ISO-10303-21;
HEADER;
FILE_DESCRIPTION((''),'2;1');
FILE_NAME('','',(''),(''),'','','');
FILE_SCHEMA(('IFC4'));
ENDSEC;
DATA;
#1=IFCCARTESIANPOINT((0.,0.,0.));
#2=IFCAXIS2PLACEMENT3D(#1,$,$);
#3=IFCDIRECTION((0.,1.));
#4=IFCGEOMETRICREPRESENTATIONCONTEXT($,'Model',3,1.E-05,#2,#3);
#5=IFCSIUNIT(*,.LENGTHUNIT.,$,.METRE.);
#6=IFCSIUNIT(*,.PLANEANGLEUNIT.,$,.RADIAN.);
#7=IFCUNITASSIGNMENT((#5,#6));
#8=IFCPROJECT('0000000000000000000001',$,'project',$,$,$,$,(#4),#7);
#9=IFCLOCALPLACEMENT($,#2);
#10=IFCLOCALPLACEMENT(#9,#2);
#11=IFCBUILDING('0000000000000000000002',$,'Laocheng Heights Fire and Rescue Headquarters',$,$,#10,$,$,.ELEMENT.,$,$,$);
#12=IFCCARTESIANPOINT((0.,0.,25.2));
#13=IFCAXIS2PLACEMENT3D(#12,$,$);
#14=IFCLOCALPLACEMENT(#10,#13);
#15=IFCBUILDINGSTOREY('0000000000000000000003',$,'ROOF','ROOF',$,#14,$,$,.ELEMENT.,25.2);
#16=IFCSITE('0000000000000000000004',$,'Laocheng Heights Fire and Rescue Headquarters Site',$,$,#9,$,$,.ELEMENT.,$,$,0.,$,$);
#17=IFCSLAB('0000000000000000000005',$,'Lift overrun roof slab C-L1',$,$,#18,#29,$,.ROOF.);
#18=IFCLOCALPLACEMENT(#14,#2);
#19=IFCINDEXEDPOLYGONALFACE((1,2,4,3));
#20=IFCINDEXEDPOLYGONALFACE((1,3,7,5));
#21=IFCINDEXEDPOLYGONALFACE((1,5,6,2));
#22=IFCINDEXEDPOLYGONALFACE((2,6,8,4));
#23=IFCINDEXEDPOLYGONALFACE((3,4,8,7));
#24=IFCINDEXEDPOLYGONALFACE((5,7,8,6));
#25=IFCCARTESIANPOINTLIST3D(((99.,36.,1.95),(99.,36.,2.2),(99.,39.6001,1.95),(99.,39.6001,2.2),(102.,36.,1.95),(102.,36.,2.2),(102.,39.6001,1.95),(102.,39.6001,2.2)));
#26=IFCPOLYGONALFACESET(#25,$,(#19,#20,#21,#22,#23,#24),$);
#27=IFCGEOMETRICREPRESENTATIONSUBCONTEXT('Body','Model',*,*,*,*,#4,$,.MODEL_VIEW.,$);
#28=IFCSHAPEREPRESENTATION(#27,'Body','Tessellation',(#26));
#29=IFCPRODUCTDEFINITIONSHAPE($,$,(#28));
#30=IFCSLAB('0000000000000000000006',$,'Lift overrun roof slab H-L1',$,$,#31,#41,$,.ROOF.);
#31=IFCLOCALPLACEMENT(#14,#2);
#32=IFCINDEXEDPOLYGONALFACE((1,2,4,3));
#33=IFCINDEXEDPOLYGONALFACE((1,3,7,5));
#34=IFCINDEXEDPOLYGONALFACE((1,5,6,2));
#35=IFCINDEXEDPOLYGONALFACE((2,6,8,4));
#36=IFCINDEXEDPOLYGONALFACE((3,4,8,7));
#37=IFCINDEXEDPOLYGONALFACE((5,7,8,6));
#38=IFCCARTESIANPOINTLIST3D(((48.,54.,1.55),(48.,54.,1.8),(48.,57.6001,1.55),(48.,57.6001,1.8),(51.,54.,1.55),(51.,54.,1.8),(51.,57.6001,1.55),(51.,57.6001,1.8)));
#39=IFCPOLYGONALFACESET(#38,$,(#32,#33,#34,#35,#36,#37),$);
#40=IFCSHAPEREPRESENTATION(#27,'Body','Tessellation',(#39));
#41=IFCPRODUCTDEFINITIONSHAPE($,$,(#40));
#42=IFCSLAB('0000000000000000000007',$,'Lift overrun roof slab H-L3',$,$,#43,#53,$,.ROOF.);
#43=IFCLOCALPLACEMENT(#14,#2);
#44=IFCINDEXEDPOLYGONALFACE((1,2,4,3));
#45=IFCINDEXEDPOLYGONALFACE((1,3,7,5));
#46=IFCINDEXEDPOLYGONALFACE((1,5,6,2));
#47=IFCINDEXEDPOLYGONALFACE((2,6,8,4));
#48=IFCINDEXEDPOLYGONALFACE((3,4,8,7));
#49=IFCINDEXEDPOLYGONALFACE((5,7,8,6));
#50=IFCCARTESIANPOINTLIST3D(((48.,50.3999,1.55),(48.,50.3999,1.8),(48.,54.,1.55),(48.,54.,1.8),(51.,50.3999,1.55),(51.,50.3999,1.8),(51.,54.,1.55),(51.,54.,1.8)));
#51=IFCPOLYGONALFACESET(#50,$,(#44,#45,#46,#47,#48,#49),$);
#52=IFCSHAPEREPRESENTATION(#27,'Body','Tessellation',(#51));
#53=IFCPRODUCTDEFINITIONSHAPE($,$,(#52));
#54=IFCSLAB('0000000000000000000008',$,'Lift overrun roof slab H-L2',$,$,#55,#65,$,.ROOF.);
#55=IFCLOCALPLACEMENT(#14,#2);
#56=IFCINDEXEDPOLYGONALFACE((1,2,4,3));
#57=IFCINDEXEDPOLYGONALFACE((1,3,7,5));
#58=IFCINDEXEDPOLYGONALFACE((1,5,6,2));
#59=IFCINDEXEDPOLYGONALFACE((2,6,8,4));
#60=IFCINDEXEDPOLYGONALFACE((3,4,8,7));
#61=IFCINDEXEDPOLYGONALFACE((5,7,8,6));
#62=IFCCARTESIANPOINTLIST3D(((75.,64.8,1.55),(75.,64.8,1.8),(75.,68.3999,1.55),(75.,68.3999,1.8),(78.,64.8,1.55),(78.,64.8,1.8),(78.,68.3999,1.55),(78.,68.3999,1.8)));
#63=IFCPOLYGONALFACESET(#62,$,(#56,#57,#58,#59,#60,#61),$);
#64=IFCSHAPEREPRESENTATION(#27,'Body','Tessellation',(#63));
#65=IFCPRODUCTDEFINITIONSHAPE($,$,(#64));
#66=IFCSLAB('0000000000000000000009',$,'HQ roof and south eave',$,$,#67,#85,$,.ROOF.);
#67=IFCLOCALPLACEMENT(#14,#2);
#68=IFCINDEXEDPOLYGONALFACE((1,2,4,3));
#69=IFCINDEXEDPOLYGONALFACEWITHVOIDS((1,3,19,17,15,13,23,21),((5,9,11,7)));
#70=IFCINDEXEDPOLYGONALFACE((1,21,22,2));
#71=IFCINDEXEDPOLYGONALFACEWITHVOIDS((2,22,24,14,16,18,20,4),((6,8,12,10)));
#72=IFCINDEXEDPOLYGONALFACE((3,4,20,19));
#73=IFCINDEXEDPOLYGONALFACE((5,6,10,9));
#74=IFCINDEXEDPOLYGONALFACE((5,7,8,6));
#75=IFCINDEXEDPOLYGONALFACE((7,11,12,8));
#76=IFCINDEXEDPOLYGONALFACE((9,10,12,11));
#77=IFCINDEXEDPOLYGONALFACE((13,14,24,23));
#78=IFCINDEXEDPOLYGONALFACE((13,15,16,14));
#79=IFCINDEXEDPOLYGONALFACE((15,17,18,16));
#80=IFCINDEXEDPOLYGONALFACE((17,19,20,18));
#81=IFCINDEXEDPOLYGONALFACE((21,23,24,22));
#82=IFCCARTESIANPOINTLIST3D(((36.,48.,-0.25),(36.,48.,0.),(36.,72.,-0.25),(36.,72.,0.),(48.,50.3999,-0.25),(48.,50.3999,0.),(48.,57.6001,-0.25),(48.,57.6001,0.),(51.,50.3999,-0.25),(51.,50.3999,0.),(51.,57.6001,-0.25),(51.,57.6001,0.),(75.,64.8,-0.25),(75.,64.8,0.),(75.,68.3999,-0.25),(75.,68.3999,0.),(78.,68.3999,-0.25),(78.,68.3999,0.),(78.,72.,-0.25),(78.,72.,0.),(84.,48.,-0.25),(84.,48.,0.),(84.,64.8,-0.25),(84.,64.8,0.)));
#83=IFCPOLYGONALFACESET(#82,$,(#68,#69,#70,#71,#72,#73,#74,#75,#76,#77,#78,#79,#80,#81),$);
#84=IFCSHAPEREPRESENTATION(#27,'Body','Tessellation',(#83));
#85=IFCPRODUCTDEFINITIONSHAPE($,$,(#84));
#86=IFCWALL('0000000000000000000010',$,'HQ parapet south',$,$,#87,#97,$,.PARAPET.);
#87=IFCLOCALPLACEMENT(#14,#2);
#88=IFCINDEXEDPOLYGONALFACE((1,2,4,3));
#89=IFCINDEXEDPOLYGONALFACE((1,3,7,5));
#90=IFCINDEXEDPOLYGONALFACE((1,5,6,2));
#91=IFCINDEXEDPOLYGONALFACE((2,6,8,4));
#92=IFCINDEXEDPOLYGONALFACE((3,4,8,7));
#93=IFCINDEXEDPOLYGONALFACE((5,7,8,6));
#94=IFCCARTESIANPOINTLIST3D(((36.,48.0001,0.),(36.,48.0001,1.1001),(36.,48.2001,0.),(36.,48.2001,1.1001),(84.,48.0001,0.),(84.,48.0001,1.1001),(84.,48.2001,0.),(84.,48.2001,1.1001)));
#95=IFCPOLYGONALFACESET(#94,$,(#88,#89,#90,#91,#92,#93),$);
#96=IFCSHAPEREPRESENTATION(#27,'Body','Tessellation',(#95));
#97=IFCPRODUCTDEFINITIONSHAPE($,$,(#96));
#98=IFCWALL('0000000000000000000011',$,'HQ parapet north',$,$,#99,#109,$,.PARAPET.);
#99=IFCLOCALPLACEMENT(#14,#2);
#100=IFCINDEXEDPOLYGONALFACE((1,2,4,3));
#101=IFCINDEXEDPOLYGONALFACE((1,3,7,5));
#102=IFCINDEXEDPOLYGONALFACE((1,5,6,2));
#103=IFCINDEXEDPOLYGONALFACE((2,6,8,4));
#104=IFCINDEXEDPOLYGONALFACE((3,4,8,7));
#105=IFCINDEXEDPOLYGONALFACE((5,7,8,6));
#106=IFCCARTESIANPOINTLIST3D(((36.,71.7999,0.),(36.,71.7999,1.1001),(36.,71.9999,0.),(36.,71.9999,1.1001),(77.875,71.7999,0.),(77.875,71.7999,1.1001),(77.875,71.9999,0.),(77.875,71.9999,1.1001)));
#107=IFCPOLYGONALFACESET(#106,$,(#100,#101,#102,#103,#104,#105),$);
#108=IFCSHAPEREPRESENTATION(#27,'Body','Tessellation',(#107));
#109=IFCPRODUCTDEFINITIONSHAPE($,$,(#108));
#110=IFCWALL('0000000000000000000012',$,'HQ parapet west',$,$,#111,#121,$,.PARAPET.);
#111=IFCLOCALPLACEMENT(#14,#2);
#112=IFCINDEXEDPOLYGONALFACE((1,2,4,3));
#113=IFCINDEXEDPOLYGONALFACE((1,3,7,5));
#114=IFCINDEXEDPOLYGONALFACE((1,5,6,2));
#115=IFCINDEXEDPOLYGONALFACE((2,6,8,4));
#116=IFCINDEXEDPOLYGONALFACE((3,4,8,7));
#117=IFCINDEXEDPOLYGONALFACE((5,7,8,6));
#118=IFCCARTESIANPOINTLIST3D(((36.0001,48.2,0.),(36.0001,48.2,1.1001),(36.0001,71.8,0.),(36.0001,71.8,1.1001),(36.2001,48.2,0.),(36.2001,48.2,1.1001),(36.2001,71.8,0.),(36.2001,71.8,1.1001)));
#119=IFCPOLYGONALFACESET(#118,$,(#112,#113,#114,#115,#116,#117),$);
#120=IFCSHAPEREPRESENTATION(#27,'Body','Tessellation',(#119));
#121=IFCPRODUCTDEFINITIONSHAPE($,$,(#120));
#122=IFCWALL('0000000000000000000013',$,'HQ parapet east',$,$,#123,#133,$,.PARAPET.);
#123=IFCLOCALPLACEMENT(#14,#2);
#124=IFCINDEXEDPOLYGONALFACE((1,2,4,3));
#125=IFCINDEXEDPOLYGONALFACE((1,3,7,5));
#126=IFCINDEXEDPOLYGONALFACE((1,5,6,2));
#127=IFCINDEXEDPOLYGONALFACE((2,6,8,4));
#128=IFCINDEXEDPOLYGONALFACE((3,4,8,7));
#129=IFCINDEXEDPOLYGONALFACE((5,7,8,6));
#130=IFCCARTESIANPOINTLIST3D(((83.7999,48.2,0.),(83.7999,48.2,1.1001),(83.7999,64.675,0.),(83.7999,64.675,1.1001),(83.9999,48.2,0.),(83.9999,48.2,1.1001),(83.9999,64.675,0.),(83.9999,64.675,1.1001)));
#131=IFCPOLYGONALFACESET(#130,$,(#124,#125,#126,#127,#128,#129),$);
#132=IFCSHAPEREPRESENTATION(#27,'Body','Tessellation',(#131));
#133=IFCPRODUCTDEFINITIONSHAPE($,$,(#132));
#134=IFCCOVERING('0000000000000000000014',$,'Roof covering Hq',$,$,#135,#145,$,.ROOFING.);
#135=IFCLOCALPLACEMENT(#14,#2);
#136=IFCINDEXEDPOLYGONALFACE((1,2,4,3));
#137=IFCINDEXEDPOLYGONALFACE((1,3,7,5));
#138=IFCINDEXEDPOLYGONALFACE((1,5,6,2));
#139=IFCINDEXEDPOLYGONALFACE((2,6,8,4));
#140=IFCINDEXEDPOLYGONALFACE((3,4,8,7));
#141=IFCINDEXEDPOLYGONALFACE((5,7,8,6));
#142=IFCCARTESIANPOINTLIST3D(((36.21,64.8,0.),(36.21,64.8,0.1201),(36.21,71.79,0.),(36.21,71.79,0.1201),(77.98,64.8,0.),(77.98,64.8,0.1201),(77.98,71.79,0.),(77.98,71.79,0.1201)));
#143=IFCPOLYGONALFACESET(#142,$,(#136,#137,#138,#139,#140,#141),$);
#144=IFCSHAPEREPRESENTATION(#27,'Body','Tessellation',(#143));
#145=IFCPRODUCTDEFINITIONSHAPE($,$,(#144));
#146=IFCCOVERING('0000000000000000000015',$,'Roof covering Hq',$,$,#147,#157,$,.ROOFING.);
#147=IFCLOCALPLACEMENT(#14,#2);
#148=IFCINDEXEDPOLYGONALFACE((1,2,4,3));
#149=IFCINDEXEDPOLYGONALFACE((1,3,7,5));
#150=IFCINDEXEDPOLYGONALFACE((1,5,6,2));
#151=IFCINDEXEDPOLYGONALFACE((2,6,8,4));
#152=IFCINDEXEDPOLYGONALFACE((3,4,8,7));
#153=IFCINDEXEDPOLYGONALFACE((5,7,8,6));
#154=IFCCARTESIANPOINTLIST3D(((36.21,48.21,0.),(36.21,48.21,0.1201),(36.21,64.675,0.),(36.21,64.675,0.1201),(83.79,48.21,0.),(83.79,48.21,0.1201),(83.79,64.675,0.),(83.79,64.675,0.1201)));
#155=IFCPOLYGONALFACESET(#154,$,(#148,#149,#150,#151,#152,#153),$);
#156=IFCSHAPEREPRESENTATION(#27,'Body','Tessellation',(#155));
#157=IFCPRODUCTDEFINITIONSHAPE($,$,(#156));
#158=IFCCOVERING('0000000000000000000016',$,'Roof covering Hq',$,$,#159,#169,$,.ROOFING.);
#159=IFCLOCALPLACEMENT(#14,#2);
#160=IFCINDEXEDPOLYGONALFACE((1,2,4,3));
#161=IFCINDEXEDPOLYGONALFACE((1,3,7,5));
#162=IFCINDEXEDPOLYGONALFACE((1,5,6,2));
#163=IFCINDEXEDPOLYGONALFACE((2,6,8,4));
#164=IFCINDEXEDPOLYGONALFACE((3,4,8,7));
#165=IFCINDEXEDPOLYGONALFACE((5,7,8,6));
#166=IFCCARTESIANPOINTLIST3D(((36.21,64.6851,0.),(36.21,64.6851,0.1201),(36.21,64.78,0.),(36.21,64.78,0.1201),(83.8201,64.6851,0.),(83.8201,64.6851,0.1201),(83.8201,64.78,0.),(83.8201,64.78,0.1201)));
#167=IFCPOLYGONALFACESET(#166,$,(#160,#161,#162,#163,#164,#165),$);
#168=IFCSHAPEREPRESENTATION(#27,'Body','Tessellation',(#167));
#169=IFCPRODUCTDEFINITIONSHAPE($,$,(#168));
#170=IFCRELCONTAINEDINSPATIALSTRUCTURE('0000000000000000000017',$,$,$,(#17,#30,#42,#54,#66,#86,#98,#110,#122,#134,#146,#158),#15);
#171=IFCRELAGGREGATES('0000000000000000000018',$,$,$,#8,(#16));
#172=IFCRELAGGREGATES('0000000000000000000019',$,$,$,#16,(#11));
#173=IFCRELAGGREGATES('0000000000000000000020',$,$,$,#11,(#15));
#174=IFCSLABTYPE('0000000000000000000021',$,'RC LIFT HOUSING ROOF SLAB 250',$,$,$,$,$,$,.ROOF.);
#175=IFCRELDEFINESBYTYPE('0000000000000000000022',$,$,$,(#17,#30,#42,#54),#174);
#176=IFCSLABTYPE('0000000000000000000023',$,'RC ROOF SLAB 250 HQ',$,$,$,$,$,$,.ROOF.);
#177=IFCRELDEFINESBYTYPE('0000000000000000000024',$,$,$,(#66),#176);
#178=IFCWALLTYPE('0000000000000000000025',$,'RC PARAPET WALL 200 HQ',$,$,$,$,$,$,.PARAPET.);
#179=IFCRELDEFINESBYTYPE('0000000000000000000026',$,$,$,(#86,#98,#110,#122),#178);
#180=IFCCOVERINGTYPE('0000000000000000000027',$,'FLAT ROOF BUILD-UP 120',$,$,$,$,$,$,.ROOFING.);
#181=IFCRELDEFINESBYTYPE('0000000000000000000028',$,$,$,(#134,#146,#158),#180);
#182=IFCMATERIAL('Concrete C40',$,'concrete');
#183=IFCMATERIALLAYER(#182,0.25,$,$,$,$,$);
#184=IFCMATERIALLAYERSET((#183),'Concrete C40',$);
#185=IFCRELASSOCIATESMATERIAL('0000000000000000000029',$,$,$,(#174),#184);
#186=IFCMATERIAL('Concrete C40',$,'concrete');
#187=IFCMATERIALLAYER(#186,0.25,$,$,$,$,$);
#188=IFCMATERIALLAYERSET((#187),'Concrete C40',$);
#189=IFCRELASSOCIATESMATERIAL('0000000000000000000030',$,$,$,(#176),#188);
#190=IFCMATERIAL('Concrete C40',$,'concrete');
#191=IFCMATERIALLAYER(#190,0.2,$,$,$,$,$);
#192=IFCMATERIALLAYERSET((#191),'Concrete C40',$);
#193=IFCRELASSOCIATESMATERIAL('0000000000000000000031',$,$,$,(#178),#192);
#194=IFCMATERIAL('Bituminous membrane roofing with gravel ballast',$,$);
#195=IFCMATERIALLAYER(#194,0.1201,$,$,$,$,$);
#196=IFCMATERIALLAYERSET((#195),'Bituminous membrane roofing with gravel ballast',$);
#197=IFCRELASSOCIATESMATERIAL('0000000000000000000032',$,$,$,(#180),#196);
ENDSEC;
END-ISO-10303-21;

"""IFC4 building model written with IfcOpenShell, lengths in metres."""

from ifc_helpers import new_model, si_unit, direction, frame, frame_2d, origin, place, context, subcontext, project, spatial, polyline, rectangle, outline, extrude, material, layer, layer_set, type_object, element, save


model = new_model("IFC4")

# Units and contexts
model_context = context("Model", 3, precision=1e-05, world=origin(), true_north=direction((0.0, 1.0)))
body_context = subcontext(model_context, "Body", "Model", "MODEL_VIEW")
ifc_project = project(units=[si_unit("LENGTHUNIT", "METRE"), si_unit("PLANEANGLEUNIT", "RADIAN")], contexts=[model_context])

# Site, building, storey
site_placement = place(None, origin())
site = spatial("IfcSite", under=ifc_project, at=site_placement, Name="Laocheng Heights Fire and Rescue Headquarters Site", CompositionType="ELEMENT", RefElevation=0.0)
building_placement = place(site_placement, origin())
building = spatial("IfcBuilding", under=site, at=building_placement, Name="Laocheng Heights Fire and Rescue Headquarters", CompositionType="ELEMENT")
storey_placement = place(building_placement, frame((0.0, 0.0, 25.2)))
storey = spatial("IfcBuildingStorey", under=building, at=storey_placement, Name="ROOF", Description="ROOF", CompositionType="ELEMENT", Elevation=25.2)

# Slabs
ifc_material_1 = material(Name="Concrete C40", Category="concrete")
ifc_layer_1 = layer(ifc_material_1, 0.25)
ifc_layer_set_1 = layer_set([ifc_layer_1], Name="Concrete C40")
slab_type_1 = type_object("IfcSlabType", Name="RC LIFT HOUSING ROOF SLAB 250", PredefinedType="ROOF", material=ifc_layer_set_1)
slab_1_placement = place(storey_placement, frame((0.0, 0.0, 1.95)))
element("IfcSlab", 1, at=slab_1_placement, inside=storey, type_object=slab_type_1, Name="Lift overrun roof slab C-L1", PredefinedType="ROOF", context=body_context, shape_type="SweptSolid", body=[
    extrude(outline(polyline([(99.0, 36.0), (102.0, 36.0), (102.0, 39.6001), (99.0, 39.6001), (99.0, 36.0)])), origin(), (0.0, 0.0, 1.0), 0.25),
])
slab_2_placement = place(storey_placement, frame((0.0, 0.0, 1.55)))
element("IfcSlab", 2, at=slab_2_placement, inside=storey, type_object=slab_type_1, Name="Lift overrun roof slab H-L1", PredefinedType="ROOF", context=body_context, shape_type="SweptSolid", body=[
    extrude(outline(polyline([(48.0, 54.0), (51.0, 54.0), (51.0, 57.6001), (48.0, 57.6001), (48.0, 54.0)])), origin(), (0.0, 0.0, 1.0), 0.25),
])
slab_3_placement = place(storey_placement, frame((0.0, 0.0, 1.55)))
element("IfcSlab", 3, at=slab_3_placement, inside=storey, type_object=slab_type_1, Name="Lift overrun roof slab H-L3", PredefinedType="ROOF", context=body_context, shape_type="SweptSolid", body=[
    extrude(outline(polyline([(48.0, 50.3999), (51.0, 50.3999), (51.0, 54.0), (48.0, 54.0), (48.0, 50.3999)])), origin(), (0.0, 0.0, 1.0), 0.25),
])
slab_4_placement = place(storey_placement, frame((0.0, 0.0, 1.55)))
element("IfcSlab", 4, at=slab_4_placement, inside=storey, type_object=slab_type_1, Name="Lift overrun roof slab H-L2", PredefinedType="ROOF", context=body_context, shape_type="SweptSolid", body=[
    extrude(outline(polyline([(75.0, 64.8), (78.0, 64.8), (78.0, 68.3999), (75.0, 68.3999), (75.0, 64.8)])), origin(), (0.0, 0.0, 1.0), 0.25),
])
ifc_material_2 = material(Name="Concrete C40", Category="concrete")
ifc_layer_2 = layer(ifc_material_2, 0.25)
ifc_layer_set_2 = layer_set([ifc_layer_2], Name="Concrete C40")
slab_type_2 = type_object("IfcSlabType", Name="RC ROOF SLAB 250 HQ", PredefinedType="ROOF", material=ifc_layer_set_2)
slab_5_placement = place(storey_placement, frame((0.0, 0.0, -0.25)))
element("IfcSlab", 5, at=slab_5_placement, inside=storey, type_object=slab_type_2, Name="HQ roof and south eave", PredefinedType="ROOF", context=body_context, shape_type="SweptSolid", body=[
    extrude(outline(polyline([(36.0, 48.0), (84.0, 48.0), (84.0, 64.8), (75.0, 64.8), (75.0, 68.3999), (78.0, 68.3999), (78.0, 72.0), (36.0, 72.0), (36.0, 48.0)]), holes=[polyline([(51.0, 50.3999), (48.0, 50.3999), (48.0, 57.6001), (51.0, 57.6001), (51.0, 50.3999)])]), origin(), (0.0, 0.0, 1.0), 0.25),
])

# Walls
ifc_material_3 = material(Name="Concrete C40", Category="concrete")
ifc_layer_3 = layer(ifc_material_3, 0.2)
ifc_layer_set_3 = layer_set([ifc_layer_3], Name="Concrete C40")
wall_type = type_object("IfcWallType", Name="RC PARAPET WALL 200 HQ", PredefinedType="PARAPET", material=ifc_layer_set_3)
wall_1_placement = place(storey_placement, frame((36.0, 48.1001, 0.0), z_axis=(0.0, 0.0, 1.0), x_axis=(1.0, 0.0, 0.0)))
element("IfcWall", 6, at=wall_1_placement, inside=storey, type_object=wall_type, Name="HQ parapet south", PredefinedType="PARAPET", context=body_context, shape_type="SweptSolid", body=[
    extrude(rectangle(XDim=48.0, YDim=0.2, at=frame_2d((24.0, 0.0))), origin(), (0.0, 0.0, 1.0), 1.1001),
])
wall_2_placement = place(storey_placement, frame((36.0, 71.8999, 0.0), z_axis=(0.0, 0.0, 1.0), x_axis=(1.0, 0.0, 0.0)))
element("IfcWall", 7, at=wall_2_placement, inside=storey, type_object=wall_type, Name="HQ parapet north", PredefinedType="PARAPET", context=body_context, shape_type="SweptSolid", body=[
    extrude(rectangle(XDim=41.875, YDim=0.2, at=frame_2d((20.9375, 0.0))), origin(), (0.0, 0.0, 1.0), 1.1001),
])
wall_3_placement = place(storey_placement, frame((36.1001, 48.2, 0.0), z_axis=(0.0, 0.0, 1.0), x_axis=(0.0, 1.0, 0.0)))
element("IfcWall", 8, at=wall_3_placement, inside=storey, type_object=wall_type, Name="HQ parapet west", PredefinedType="PARAPET", context=body_context, shape_type="SweptSolid", body=[
    extrude(rectangle(XDim=23.6001, YDim=0.2, at=frame_2d((11.8, 0.0))), origin(), (0.0, 0.0, 1.0), 1.1001),
])
wall_4_placement = place(storey_placement, frame((83.8999, 48.2, 0.0), z_axis=(0.0, 0.0, 1.0), x_axis=(0.0, 1.0, 0.0)))
element("IfcWall", 9, at=wall_4_placement, inside=storey, type_object=wall_type, Name="HQ parapet east", PredefinedType="PARAPET", context=body_context, shape_type="SweptSolid", body=[
    extrude(rectangle(XDim=16.4751, YDim=0.2, at=frame_2d((8.2375, 0.0))), origin(), (0.0, 0.0, 1.0), 1.1001),
])

# Coverings
ifc_material_4 = material(Name="Bituminous membrane roofing with gravel ballast")
ifc_layer_4 = layer(ifc_material_4, 0.1201)
ifc_layer_set_4 = layer_set([ifc_layer_4], Name="Bituminous membrane roofing with gravel ballast")
covering_type = type_object("IfcCoveringType", Name="FLAT ROOF BUILD-UP 120", PredefinedType="ROOFING", material=ifc_layer_set_4)
covering_1_placement = place(storey_placement, origin())
element("IfcCovering", 10, at=covering_1_placement, inside=storey, type_object=covering_type, Name="Roof covering Hq", PredefinedType="ROOFING", context=body_context, shape_type="SweptSolid", body=[
    extrude(outline(polyline([(77.98, 64.8), (77.98, 71.79), (36.21, 71.79), (36.21, 64.8), (77.98, 64.8)])), origin(), (0.0, 0.0, 1.0), 0.1201),
])
covering_2_placement = place(storey_placement, origin())
element("IfcCovering", 11, at=covering_2_placement, inside=storey, type_object=covering_type, Name="Roof covering Hq", PredefinedType="ROOFING", context=body_context, shape_type="SweptSolid", body=[
    extrude(outline(polyline([(83.79, 48.21), (83.79, 64.675), (36.21, 64.675), (36.21, 48.21), (83.79, 48.21)])), origin(), (0.0, 0.0, 1.0), 0.1201),
])
covering_3_placement = place(storey_placement, origin())
element("IfcCovering", 12, at=covering_3_placement, inside=storey, type_object=covering_type, Name="Roof covering Hq", PredefinedType="ROOFING", context=body_context, shape_type="SweptSolid", body=[
    extrude(outline(polyline([(83.8201, 64.6851), (83.8201, 64.78), (36.21, 64.78), (36.21, 64.6851), (83.8201, 64.6851)])), origin(), (0.0, 0.0, 1.0), 0.1201),
])

save(model, "model.ifc")
